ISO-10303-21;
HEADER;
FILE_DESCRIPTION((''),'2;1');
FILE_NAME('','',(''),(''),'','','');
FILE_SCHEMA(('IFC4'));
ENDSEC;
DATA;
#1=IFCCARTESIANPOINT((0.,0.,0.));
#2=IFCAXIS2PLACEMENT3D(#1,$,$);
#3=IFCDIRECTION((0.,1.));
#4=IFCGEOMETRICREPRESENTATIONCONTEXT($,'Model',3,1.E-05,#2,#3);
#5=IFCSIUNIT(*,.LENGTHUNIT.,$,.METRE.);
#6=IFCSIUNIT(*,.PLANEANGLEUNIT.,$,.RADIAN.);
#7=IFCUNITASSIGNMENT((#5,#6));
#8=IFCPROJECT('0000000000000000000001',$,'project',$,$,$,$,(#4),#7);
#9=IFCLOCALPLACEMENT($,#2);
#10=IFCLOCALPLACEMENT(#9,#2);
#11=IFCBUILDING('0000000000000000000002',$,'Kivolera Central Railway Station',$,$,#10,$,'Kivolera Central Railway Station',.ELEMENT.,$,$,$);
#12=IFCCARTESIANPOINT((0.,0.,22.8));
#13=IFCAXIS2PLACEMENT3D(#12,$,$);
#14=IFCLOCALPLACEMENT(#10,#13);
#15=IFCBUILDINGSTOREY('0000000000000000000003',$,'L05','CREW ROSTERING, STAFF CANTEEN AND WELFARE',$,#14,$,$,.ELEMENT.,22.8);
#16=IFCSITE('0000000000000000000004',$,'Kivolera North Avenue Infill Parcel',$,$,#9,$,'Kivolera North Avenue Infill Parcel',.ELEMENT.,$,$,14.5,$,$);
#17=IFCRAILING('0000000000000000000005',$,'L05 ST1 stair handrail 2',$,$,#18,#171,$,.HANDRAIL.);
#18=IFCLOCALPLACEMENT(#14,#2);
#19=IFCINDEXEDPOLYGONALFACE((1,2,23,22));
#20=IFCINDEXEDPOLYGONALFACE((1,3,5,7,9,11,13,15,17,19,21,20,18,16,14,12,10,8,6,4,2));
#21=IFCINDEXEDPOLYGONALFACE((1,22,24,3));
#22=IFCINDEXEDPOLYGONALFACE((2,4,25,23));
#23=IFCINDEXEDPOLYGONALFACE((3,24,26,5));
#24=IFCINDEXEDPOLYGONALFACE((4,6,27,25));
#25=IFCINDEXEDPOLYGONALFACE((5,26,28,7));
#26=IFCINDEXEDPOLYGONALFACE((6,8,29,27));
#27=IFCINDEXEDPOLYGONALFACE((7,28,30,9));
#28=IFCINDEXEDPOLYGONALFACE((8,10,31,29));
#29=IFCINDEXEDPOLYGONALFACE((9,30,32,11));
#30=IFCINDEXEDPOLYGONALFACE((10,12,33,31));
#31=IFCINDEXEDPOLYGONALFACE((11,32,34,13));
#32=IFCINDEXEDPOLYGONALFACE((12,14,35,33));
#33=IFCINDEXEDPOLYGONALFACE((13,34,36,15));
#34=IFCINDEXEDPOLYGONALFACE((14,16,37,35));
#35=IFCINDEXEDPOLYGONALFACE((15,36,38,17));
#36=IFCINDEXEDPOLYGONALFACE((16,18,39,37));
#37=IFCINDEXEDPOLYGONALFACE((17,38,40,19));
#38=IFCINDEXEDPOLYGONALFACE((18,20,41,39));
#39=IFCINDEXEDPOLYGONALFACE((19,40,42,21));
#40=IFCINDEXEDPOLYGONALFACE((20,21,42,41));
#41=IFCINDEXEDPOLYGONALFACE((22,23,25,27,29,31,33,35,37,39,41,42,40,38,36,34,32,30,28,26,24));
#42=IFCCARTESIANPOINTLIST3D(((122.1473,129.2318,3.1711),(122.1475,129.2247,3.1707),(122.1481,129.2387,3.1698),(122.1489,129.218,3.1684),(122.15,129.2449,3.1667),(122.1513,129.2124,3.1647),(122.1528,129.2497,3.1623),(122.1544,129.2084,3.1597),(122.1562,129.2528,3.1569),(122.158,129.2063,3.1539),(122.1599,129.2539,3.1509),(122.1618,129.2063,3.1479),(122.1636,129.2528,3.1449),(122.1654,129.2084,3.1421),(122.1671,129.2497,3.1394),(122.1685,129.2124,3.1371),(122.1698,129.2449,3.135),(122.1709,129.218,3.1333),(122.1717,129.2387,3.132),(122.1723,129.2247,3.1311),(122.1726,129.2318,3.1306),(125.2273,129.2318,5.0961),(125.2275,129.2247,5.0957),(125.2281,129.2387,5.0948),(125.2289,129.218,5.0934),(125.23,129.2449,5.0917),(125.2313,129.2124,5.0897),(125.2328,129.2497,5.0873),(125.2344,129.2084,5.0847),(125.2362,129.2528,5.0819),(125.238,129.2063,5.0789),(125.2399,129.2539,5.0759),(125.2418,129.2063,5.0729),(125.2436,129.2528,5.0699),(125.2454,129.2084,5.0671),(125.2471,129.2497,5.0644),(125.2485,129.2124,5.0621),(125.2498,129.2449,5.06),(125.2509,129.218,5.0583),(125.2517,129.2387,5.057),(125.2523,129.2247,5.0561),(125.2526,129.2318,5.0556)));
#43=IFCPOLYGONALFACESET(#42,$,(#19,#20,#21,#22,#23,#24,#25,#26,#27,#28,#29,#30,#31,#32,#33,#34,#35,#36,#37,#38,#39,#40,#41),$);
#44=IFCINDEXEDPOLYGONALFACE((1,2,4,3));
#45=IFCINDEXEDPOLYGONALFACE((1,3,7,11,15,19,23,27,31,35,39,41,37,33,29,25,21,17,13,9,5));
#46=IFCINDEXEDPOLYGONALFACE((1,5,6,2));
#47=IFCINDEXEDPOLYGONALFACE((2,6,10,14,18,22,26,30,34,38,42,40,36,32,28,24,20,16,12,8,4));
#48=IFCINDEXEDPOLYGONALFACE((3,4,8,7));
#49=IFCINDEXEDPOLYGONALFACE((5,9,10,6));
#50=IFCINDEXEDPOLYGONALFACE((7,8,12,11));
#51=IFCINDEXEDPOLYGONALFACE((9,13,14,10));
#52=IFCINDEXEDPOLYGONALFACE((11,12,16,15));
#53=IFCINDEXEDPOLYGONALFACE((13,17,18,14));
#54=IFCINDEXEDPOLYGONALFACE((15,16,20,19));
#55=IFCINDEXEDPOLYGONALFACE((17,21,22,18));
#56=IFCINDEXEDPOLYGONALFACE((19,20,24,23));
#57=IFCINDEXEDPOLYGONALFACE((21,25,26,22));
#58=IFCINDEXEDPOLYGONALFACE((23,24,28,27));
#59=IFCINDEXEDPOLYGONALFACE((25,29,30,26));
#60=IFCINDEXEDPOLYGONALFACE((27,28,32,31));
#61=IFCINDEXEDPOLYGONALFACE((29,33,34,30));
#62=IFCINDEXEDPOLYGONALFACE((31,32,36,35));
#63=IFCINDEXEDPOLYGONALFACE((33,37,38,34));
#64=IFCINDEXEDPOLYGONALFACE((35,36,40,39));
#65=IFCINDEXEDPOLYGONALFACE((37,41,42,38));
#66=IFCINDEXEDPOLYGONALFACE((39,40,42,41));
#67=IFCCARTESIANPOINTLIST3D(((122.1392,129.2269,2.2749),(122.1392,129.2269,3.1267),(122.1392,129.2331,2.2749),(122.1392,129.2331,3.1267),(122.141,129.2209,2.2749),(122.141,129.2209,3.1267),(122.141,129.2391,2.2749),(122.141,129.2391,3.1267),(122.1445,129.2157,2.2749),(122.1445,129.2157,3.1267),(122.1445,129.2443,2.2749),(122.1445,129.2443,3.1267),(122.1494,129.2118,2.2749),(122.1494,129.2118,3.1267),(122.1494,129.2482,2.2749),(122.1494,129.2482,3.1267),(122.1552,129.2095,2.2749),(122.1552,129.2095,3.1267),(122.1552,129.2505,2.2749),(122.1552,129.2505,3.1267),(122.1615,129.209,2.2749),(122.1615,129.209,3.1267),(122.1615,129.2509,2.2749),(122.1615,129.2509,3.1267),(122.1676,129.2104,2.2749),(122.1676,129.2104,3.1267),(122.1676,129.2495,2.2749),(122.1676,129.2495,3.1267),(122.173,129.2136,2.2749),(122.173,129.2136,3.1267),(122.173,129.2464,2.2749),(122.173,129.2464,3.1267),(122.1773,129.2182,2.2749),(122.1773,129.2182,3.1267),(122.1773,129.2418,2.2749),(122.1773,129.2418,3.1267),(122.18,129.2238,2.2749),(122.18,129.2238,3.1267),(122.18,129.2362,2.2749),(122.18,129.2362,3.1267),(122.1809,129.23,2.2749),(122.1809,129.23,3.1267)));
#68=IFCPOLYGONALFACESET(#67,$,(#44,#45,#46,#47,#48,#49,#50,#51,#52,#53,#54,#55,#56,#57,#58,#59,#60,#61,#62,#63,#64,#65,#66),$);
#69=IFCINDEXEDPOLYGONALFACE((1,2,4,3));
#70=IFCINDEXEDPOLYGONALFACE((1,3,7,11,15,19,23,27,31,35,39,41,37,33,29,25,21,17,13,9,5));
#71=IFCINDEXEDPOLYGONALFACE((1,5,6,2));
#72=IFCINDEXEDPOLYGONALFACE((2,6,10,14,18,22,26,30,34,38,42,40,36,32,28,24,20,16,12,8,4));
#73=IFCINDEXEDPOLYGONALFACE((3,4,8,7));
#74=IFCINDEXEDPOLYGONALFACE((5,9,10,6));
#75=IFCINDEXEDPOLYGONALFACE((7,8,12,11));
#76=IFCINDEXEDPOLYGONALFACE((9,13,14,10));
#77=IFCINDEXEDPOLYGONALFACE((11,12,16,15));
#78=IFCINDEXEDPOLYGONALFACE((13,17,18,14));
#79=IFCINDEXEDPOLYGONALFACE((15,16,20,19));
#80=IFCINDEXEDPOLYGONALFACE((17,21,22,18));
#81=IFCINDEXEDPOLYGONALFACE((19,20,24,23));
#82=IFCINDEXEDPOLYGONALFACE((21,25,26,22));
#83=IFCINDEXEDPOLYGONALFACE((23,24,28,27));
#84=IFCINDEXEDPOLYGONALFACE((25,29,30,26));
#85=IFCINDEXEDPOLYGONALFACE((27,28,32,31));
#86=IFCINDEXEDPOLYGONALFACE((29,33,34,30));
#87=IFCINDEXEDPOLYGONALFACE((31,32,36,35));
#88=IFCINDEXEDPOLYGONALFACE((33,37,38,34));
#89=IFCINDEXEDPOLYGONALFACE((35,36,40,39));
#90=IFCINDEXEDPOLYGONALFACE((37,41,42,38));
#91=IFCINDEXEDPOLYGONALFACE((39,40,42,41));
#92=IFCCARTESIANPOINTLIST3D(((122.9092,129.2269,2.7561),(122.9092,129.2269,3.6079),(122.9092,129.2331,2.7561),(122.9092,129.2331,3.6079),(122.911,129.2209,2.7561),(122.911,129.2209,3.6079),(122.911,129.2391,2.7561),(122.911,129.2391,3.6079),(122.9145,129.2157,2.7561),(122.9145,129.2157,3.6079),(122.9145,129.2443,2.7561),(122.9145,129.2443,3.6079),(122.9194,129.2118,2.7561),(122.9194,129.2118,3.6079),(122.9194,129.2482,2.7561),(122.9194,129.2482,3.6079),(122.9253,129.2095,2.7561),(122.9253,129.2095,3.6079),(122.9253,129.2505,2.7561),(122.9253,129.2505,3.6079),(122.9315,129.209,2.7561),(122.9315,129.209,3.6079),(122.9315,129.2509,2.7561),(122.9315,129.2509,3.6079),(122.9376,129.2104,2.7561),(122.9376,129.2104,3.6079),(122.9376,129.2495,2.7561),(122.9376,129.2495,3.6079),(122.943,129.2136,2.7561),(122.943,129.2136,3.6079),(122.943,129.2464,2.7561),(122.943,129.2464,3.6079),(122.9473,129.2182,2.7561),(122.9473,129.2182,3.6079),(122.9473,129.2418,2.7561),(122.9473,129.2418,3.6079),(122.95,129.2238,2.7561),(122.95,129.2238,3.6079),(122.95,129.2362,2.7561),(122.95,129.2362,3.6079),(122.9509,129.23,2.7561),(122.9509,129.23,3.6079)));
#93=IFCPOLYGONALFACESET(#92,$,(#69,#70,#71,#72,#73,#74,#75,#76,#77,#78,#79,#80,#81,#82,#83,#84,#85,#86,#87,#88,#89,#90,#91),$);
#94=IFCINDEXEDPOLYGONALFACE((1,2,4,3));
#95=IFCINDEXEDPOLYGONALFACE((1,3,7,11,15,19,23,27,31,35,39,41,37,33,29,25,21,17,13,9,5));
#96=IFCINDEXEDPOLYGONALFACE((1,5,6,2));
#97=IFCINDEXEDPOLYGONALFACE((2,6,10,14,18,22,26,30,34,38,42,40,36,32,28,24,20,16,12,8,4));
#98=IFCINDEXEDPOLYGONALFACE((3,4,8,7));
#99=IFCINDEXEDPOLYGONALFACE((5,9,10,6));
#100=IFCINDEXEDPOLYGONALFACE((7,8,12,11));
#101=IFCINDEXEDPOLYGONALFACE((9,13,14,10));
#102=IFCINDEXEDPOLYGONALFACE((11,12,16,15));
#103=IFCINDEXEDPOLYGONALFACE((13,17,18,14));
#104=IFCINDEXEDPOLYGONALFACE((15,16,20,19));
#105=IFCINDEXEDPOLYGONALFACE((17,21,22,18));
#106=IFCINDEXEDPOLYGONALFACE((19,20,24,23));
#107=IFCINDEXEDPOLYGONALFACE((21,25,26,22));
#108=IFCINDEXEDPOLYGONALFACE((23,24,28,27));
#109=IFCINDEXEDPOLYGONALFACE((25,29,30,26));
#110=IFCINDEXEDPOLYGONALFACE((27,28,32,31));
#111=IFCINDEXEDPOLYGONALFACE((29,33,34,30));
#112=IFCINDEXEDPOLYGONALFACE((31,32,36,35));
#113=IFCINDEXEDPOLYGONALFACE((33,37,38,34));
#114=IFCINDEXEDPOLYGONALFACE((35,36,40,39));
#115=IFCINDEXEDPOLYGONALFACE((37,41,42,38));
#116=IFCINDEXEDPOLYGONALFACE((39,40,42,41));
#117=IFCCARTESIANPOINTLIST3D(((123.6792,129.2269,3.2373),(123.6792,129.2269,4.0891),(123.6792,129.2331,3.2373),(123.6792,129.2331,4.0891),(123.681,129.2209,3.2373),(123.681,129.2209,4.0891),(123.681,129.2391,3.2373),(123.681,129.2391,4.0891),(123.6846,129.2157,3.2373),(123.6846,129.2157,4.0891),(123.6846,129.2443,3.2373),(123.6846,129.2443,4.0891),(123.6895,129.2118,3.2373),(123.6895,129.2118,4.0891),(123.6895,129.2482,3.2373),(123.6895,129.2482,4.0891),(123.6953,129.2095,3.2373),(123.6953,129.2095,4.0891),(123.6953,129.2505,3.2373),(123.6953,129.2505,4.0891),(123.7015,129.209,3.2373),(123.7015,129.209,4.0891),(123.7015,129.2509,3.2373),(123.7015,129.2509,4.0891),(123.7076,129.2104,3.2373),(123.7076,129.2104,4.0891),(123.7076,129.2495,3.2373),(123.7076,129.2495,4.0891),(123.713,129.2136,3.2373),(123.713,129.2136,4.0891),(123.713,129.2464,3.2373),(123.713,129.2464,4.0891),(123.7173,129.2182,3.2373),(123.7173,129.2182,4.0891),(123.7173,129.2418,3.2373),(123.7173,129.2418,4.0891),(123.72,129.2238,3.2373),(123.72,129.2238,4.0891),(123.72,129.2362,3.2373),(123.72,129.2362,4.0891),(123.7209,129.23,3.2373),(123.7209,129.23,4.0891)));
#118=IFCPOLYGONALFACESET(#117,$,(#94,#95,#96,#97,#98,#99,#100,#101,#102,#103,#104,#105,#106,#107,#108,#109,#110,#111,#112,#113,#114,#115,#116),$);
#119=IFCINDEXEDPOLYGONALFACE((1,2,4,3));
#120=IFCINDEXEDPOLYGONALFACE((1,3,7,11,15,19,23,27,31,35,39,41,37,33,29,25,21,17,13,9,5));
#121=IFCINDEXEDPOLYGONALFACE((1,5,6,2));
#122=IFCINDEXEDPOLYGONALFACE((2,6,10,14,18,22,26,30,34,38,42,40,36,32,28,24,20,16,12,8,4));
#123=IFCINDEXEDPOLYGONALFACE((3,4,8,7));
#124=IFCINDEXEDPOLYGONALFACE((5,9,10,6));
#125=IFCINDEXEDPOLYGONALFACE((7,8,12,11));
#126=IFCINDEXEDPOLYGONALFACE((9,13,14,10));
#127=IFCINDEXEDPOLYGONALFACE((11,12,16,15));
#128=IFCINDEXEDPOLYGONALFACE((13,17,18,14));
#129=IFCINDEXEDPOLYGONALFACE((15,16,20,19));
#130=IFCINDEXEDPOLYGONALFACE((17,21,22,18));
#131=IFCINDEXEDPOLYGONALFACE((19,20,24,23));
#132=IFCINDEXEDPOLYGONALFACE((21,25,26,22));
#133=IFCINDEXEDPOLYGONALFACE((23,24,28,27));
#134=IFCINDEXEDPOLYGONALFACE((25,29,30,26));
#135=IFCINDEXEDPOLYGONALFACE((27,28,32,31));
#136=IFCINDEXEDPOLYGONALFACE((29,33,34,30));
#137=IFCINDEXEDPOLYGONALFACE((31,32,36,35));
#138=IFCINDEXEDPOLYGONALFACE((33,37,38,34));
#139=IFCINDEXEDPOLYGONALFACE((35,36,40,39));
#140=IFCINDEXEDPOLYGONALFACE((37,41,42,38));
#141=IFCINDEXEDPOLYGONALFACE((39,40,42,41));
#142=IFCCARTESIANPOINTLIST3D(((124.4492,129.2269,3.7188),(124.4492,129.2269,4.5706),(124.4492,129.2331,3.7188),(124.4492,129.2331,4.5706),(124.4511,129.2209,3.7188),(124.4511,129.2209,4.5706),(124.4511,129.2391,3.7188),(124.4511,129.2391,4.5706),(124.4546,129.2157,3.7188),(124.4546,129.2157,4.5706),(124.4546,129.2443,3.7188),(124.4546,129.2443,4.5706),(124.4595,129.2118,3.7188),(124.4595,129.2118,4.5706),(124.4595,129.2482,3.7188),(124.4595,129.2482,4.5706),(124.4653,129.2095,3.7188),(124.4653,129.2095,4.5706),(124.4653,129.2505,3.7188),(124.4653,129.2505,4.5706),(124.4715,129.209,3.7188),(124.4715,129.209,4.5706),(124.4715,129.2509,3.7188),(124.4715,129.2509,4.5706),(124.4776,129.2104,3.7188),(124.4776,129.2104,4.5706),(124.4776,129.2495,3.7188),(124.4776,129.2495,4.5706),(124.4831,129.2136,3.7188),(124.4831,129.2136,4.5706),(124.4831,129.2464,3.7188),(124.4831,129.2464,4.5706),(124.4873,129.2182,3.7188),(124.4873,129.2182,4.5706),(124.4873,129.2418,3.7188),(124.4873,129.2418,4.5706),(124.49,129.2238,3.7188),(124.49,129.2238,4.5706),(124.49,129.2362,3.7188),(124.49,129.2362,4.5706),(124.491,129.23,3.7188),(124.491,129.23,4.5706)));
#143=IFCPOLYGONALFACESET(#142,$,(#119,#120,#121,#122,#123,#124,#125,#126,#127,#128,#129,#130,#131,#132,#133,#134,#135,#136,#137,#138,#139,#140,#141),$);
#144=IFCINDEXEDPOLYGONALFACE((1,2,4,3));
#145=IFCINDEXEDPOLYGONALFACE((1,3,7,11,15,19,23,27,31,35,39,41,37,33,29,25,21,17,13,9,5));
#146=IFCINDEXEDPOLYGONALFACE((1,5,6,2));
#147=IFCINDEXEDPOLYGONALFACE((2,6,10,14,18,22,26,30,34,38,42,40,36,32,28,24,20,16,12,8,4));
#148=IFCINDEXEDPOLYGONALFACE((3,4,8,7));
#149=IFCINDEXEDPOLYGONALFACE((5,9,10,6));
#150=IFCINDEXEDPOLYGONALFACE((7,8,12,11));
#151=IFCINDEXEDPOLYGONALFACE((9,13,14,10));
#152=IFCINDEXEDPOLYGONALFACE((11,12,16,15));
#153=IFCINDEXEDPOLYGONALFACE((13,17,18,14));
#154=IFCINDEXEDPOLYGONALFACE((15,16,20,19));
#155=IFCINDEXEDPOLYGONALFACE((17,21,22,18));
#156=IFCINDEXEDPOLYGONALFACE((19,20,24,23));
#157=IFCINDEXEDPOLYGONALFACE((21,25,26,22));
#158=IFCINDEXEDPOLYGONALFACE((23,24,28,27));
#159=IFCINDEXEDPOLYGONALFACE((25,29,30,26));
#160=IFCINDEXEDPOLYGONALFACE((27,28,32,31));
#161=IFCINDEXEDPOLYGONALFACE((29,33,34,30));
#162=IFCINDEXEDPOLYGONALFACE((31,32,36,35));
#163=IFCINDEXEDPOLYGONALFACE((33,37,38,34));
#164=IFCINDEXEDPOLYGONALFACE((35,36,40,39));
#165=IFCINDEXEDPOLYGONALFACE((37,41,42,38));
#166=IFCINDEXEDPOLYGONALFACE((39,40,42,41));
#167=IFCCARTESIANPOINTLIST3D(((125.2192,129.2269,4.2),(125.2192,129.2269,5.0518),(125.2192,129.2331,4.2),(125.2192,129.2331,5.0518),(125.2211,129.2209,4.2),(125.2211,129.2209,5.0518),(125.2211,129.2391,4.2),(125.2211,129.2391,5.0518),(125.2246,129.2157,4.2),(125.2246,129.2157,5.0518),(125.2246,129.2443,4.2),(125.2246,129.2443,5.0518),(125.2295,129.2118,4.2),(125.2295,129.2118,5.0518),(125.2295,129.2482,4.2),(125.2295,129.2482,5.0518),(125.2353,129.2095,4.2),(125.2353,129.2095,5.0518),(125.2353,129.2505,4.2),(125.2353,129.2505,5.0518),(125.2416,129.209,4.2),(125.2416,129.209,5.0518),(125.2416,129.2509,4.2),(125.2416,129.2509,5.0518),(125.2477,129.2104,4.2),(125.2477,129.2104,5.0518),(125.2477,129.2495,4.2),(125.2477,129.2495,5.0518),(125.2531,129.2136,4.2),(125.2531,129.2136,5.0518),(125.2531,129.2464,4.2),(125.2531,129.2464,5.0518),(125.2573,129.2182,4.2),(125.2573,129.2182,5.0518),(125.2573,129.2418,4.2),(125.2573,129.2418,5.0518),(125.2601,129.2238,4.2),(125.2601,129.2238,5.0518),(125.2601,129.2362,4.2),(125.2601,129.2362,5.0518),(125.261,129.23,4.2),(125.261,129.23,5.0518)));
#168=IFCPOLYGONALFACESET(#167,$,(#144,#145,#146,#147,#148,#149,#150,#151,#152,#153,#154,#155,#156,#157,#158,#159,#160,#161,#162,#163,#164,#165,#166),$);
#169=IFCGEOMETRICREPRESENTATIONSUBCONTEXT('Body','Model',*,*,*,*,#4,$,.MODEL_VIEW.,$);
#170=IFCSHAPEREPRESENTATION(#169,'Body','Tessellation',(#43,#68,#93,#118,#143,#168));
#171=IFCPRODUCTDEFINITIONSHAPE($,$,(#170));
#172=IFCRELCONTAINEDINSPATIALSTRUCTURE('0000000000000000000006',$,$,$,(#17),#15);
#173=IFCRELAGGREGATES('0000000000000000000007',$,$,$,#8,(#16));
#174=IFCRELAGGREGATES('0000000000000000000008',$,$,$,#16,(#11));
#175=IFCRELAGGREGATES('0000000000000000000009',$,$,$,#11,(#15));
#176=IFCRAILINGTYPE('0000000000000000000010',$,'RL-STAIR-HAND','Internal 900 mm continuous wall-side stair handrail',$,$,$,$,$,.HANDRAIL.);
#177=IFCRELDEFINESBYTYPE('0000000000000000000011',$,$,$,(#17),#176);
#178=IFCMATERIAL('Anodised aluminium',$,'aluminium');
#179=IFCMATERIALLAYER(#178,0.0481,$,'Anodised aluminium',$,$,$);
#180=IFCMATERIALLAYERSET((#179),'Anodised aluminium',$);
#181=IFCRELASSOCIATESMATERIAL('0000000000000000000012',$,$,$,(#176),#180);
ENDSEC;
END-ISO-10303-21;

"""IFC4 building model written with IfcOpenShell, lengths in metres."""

from ifc_helpers import new_model, si_unit, direction, frame, origin, origin_2d, place, context, subcontext, project, spatial, circle, extrude, material, layer, layer_set, type_object, element, save


model = new_model("IFC4")

# Units and contexts
model_context = context("Model", 3, precision=1e-05, world=origin(), true_north=direction((0.0, 1.0)))
body_context = subcontext(model_context, "Body", "Model", "MODEL_VIEW")
ifc_project = project(units=[si_unit("LENGTHUNIT", "METRE"), si_unit("PLANEANGLEUNIT", "RADIAN")], contexts=[model_context])

# Site, building, storey
site_placement = place(None, origin())
site = spatial("IfcSite", under=ifc_project, at=site_placement, Name="Kivolera North Avenue Infill Parcel", LongName="Kivolera North Avenue Infill Parcel", CompositionType="ELEMENT", RefElevation=14.5)
building_placement = place(site_placement, origin())
building = spatial("IfcBuilding", under=site, at=building_placement, Name="Kivolera Central Railway Station", LongName="Kivolera Central Railway Station", CompositionType="ELEMENT")
storey_placement = place(building_placement, frame((0.0, 0.0, 22.8)))
storey = spatial("IfcBuildingStorey", under=building, at=storey_placement, Name="L05", Description="CREW ROSTERING, STAFF CANTEEN AND WELFARE", CompositionType="ELEMENT", Elevation=22.8)

# Shared definitions
ifc_material_1 = material(Name="Anodised aluminium", Category="aluminium")

# Railing
ifc_layer_1 = layer(ifc_material_1, 0.0481, Name="Anodised aluminium")
ifc_layer_set_1 = layer_set([ifc_layer_1], Name="Anodised aluminium")
railing_type_1 = type_object("IfcRailingType", Name="RL-STAIR-HAND", Description="Internal 900 mm continuous wall-side stair handrail", PredefinedType="HANDRAIL", material=ifc_layer_set_1)
railing_1_placement = place(storey_placement, frame((122.1599, 129.23, 2.2749)))
element("IfcRailing", 1, at=railing_1_placement, inside=storey, type_object=railing_type_1, Name="L05 ST1 stair handrail 2", PredefinedType="HANDRAIL", context=body_context, shape_type="SweptSolid", body=[
    extrude(circle(Radius=0.0239, at=origin_2d()), frame((0.0, 0.0, 0.876), z_axis=(0.847998, 0.0, 0.529999), x_axis=(0.0, 1.0, 0.0)), (0.0, 0.0, 1.0), 3.6321),
    extrude(circle(Radius=0.021, at=origin_2d()), origin(), (0.0, 0.0, 1.0), 0.8518),
    extrude(circle(Radius=0.021, at=origin_2d()), frame((0.77, 0.0, 0.4812)), (0.0, 0.0, 1.0), 0.8518),
    extrude(circle(Radius=0.021, at=origin_2d()), frame((1.54, 0.0, 0.9624)), (0.0, 0.0, 1.0), 0.8518),
    extrude(circle(Radius=0.021, at=origin_2d()), frame((2.3101, 0.0, 1.4438)), (0.0, 0.0, 1.0), 0.8518),
    extrude(circle(Radius=0.021, at=origin_2d()), frame((3.0801, 0.0, 1.925)), (0.0, 0.0, 1.0), 0.8518),
])

save(model, "model.ifc")
